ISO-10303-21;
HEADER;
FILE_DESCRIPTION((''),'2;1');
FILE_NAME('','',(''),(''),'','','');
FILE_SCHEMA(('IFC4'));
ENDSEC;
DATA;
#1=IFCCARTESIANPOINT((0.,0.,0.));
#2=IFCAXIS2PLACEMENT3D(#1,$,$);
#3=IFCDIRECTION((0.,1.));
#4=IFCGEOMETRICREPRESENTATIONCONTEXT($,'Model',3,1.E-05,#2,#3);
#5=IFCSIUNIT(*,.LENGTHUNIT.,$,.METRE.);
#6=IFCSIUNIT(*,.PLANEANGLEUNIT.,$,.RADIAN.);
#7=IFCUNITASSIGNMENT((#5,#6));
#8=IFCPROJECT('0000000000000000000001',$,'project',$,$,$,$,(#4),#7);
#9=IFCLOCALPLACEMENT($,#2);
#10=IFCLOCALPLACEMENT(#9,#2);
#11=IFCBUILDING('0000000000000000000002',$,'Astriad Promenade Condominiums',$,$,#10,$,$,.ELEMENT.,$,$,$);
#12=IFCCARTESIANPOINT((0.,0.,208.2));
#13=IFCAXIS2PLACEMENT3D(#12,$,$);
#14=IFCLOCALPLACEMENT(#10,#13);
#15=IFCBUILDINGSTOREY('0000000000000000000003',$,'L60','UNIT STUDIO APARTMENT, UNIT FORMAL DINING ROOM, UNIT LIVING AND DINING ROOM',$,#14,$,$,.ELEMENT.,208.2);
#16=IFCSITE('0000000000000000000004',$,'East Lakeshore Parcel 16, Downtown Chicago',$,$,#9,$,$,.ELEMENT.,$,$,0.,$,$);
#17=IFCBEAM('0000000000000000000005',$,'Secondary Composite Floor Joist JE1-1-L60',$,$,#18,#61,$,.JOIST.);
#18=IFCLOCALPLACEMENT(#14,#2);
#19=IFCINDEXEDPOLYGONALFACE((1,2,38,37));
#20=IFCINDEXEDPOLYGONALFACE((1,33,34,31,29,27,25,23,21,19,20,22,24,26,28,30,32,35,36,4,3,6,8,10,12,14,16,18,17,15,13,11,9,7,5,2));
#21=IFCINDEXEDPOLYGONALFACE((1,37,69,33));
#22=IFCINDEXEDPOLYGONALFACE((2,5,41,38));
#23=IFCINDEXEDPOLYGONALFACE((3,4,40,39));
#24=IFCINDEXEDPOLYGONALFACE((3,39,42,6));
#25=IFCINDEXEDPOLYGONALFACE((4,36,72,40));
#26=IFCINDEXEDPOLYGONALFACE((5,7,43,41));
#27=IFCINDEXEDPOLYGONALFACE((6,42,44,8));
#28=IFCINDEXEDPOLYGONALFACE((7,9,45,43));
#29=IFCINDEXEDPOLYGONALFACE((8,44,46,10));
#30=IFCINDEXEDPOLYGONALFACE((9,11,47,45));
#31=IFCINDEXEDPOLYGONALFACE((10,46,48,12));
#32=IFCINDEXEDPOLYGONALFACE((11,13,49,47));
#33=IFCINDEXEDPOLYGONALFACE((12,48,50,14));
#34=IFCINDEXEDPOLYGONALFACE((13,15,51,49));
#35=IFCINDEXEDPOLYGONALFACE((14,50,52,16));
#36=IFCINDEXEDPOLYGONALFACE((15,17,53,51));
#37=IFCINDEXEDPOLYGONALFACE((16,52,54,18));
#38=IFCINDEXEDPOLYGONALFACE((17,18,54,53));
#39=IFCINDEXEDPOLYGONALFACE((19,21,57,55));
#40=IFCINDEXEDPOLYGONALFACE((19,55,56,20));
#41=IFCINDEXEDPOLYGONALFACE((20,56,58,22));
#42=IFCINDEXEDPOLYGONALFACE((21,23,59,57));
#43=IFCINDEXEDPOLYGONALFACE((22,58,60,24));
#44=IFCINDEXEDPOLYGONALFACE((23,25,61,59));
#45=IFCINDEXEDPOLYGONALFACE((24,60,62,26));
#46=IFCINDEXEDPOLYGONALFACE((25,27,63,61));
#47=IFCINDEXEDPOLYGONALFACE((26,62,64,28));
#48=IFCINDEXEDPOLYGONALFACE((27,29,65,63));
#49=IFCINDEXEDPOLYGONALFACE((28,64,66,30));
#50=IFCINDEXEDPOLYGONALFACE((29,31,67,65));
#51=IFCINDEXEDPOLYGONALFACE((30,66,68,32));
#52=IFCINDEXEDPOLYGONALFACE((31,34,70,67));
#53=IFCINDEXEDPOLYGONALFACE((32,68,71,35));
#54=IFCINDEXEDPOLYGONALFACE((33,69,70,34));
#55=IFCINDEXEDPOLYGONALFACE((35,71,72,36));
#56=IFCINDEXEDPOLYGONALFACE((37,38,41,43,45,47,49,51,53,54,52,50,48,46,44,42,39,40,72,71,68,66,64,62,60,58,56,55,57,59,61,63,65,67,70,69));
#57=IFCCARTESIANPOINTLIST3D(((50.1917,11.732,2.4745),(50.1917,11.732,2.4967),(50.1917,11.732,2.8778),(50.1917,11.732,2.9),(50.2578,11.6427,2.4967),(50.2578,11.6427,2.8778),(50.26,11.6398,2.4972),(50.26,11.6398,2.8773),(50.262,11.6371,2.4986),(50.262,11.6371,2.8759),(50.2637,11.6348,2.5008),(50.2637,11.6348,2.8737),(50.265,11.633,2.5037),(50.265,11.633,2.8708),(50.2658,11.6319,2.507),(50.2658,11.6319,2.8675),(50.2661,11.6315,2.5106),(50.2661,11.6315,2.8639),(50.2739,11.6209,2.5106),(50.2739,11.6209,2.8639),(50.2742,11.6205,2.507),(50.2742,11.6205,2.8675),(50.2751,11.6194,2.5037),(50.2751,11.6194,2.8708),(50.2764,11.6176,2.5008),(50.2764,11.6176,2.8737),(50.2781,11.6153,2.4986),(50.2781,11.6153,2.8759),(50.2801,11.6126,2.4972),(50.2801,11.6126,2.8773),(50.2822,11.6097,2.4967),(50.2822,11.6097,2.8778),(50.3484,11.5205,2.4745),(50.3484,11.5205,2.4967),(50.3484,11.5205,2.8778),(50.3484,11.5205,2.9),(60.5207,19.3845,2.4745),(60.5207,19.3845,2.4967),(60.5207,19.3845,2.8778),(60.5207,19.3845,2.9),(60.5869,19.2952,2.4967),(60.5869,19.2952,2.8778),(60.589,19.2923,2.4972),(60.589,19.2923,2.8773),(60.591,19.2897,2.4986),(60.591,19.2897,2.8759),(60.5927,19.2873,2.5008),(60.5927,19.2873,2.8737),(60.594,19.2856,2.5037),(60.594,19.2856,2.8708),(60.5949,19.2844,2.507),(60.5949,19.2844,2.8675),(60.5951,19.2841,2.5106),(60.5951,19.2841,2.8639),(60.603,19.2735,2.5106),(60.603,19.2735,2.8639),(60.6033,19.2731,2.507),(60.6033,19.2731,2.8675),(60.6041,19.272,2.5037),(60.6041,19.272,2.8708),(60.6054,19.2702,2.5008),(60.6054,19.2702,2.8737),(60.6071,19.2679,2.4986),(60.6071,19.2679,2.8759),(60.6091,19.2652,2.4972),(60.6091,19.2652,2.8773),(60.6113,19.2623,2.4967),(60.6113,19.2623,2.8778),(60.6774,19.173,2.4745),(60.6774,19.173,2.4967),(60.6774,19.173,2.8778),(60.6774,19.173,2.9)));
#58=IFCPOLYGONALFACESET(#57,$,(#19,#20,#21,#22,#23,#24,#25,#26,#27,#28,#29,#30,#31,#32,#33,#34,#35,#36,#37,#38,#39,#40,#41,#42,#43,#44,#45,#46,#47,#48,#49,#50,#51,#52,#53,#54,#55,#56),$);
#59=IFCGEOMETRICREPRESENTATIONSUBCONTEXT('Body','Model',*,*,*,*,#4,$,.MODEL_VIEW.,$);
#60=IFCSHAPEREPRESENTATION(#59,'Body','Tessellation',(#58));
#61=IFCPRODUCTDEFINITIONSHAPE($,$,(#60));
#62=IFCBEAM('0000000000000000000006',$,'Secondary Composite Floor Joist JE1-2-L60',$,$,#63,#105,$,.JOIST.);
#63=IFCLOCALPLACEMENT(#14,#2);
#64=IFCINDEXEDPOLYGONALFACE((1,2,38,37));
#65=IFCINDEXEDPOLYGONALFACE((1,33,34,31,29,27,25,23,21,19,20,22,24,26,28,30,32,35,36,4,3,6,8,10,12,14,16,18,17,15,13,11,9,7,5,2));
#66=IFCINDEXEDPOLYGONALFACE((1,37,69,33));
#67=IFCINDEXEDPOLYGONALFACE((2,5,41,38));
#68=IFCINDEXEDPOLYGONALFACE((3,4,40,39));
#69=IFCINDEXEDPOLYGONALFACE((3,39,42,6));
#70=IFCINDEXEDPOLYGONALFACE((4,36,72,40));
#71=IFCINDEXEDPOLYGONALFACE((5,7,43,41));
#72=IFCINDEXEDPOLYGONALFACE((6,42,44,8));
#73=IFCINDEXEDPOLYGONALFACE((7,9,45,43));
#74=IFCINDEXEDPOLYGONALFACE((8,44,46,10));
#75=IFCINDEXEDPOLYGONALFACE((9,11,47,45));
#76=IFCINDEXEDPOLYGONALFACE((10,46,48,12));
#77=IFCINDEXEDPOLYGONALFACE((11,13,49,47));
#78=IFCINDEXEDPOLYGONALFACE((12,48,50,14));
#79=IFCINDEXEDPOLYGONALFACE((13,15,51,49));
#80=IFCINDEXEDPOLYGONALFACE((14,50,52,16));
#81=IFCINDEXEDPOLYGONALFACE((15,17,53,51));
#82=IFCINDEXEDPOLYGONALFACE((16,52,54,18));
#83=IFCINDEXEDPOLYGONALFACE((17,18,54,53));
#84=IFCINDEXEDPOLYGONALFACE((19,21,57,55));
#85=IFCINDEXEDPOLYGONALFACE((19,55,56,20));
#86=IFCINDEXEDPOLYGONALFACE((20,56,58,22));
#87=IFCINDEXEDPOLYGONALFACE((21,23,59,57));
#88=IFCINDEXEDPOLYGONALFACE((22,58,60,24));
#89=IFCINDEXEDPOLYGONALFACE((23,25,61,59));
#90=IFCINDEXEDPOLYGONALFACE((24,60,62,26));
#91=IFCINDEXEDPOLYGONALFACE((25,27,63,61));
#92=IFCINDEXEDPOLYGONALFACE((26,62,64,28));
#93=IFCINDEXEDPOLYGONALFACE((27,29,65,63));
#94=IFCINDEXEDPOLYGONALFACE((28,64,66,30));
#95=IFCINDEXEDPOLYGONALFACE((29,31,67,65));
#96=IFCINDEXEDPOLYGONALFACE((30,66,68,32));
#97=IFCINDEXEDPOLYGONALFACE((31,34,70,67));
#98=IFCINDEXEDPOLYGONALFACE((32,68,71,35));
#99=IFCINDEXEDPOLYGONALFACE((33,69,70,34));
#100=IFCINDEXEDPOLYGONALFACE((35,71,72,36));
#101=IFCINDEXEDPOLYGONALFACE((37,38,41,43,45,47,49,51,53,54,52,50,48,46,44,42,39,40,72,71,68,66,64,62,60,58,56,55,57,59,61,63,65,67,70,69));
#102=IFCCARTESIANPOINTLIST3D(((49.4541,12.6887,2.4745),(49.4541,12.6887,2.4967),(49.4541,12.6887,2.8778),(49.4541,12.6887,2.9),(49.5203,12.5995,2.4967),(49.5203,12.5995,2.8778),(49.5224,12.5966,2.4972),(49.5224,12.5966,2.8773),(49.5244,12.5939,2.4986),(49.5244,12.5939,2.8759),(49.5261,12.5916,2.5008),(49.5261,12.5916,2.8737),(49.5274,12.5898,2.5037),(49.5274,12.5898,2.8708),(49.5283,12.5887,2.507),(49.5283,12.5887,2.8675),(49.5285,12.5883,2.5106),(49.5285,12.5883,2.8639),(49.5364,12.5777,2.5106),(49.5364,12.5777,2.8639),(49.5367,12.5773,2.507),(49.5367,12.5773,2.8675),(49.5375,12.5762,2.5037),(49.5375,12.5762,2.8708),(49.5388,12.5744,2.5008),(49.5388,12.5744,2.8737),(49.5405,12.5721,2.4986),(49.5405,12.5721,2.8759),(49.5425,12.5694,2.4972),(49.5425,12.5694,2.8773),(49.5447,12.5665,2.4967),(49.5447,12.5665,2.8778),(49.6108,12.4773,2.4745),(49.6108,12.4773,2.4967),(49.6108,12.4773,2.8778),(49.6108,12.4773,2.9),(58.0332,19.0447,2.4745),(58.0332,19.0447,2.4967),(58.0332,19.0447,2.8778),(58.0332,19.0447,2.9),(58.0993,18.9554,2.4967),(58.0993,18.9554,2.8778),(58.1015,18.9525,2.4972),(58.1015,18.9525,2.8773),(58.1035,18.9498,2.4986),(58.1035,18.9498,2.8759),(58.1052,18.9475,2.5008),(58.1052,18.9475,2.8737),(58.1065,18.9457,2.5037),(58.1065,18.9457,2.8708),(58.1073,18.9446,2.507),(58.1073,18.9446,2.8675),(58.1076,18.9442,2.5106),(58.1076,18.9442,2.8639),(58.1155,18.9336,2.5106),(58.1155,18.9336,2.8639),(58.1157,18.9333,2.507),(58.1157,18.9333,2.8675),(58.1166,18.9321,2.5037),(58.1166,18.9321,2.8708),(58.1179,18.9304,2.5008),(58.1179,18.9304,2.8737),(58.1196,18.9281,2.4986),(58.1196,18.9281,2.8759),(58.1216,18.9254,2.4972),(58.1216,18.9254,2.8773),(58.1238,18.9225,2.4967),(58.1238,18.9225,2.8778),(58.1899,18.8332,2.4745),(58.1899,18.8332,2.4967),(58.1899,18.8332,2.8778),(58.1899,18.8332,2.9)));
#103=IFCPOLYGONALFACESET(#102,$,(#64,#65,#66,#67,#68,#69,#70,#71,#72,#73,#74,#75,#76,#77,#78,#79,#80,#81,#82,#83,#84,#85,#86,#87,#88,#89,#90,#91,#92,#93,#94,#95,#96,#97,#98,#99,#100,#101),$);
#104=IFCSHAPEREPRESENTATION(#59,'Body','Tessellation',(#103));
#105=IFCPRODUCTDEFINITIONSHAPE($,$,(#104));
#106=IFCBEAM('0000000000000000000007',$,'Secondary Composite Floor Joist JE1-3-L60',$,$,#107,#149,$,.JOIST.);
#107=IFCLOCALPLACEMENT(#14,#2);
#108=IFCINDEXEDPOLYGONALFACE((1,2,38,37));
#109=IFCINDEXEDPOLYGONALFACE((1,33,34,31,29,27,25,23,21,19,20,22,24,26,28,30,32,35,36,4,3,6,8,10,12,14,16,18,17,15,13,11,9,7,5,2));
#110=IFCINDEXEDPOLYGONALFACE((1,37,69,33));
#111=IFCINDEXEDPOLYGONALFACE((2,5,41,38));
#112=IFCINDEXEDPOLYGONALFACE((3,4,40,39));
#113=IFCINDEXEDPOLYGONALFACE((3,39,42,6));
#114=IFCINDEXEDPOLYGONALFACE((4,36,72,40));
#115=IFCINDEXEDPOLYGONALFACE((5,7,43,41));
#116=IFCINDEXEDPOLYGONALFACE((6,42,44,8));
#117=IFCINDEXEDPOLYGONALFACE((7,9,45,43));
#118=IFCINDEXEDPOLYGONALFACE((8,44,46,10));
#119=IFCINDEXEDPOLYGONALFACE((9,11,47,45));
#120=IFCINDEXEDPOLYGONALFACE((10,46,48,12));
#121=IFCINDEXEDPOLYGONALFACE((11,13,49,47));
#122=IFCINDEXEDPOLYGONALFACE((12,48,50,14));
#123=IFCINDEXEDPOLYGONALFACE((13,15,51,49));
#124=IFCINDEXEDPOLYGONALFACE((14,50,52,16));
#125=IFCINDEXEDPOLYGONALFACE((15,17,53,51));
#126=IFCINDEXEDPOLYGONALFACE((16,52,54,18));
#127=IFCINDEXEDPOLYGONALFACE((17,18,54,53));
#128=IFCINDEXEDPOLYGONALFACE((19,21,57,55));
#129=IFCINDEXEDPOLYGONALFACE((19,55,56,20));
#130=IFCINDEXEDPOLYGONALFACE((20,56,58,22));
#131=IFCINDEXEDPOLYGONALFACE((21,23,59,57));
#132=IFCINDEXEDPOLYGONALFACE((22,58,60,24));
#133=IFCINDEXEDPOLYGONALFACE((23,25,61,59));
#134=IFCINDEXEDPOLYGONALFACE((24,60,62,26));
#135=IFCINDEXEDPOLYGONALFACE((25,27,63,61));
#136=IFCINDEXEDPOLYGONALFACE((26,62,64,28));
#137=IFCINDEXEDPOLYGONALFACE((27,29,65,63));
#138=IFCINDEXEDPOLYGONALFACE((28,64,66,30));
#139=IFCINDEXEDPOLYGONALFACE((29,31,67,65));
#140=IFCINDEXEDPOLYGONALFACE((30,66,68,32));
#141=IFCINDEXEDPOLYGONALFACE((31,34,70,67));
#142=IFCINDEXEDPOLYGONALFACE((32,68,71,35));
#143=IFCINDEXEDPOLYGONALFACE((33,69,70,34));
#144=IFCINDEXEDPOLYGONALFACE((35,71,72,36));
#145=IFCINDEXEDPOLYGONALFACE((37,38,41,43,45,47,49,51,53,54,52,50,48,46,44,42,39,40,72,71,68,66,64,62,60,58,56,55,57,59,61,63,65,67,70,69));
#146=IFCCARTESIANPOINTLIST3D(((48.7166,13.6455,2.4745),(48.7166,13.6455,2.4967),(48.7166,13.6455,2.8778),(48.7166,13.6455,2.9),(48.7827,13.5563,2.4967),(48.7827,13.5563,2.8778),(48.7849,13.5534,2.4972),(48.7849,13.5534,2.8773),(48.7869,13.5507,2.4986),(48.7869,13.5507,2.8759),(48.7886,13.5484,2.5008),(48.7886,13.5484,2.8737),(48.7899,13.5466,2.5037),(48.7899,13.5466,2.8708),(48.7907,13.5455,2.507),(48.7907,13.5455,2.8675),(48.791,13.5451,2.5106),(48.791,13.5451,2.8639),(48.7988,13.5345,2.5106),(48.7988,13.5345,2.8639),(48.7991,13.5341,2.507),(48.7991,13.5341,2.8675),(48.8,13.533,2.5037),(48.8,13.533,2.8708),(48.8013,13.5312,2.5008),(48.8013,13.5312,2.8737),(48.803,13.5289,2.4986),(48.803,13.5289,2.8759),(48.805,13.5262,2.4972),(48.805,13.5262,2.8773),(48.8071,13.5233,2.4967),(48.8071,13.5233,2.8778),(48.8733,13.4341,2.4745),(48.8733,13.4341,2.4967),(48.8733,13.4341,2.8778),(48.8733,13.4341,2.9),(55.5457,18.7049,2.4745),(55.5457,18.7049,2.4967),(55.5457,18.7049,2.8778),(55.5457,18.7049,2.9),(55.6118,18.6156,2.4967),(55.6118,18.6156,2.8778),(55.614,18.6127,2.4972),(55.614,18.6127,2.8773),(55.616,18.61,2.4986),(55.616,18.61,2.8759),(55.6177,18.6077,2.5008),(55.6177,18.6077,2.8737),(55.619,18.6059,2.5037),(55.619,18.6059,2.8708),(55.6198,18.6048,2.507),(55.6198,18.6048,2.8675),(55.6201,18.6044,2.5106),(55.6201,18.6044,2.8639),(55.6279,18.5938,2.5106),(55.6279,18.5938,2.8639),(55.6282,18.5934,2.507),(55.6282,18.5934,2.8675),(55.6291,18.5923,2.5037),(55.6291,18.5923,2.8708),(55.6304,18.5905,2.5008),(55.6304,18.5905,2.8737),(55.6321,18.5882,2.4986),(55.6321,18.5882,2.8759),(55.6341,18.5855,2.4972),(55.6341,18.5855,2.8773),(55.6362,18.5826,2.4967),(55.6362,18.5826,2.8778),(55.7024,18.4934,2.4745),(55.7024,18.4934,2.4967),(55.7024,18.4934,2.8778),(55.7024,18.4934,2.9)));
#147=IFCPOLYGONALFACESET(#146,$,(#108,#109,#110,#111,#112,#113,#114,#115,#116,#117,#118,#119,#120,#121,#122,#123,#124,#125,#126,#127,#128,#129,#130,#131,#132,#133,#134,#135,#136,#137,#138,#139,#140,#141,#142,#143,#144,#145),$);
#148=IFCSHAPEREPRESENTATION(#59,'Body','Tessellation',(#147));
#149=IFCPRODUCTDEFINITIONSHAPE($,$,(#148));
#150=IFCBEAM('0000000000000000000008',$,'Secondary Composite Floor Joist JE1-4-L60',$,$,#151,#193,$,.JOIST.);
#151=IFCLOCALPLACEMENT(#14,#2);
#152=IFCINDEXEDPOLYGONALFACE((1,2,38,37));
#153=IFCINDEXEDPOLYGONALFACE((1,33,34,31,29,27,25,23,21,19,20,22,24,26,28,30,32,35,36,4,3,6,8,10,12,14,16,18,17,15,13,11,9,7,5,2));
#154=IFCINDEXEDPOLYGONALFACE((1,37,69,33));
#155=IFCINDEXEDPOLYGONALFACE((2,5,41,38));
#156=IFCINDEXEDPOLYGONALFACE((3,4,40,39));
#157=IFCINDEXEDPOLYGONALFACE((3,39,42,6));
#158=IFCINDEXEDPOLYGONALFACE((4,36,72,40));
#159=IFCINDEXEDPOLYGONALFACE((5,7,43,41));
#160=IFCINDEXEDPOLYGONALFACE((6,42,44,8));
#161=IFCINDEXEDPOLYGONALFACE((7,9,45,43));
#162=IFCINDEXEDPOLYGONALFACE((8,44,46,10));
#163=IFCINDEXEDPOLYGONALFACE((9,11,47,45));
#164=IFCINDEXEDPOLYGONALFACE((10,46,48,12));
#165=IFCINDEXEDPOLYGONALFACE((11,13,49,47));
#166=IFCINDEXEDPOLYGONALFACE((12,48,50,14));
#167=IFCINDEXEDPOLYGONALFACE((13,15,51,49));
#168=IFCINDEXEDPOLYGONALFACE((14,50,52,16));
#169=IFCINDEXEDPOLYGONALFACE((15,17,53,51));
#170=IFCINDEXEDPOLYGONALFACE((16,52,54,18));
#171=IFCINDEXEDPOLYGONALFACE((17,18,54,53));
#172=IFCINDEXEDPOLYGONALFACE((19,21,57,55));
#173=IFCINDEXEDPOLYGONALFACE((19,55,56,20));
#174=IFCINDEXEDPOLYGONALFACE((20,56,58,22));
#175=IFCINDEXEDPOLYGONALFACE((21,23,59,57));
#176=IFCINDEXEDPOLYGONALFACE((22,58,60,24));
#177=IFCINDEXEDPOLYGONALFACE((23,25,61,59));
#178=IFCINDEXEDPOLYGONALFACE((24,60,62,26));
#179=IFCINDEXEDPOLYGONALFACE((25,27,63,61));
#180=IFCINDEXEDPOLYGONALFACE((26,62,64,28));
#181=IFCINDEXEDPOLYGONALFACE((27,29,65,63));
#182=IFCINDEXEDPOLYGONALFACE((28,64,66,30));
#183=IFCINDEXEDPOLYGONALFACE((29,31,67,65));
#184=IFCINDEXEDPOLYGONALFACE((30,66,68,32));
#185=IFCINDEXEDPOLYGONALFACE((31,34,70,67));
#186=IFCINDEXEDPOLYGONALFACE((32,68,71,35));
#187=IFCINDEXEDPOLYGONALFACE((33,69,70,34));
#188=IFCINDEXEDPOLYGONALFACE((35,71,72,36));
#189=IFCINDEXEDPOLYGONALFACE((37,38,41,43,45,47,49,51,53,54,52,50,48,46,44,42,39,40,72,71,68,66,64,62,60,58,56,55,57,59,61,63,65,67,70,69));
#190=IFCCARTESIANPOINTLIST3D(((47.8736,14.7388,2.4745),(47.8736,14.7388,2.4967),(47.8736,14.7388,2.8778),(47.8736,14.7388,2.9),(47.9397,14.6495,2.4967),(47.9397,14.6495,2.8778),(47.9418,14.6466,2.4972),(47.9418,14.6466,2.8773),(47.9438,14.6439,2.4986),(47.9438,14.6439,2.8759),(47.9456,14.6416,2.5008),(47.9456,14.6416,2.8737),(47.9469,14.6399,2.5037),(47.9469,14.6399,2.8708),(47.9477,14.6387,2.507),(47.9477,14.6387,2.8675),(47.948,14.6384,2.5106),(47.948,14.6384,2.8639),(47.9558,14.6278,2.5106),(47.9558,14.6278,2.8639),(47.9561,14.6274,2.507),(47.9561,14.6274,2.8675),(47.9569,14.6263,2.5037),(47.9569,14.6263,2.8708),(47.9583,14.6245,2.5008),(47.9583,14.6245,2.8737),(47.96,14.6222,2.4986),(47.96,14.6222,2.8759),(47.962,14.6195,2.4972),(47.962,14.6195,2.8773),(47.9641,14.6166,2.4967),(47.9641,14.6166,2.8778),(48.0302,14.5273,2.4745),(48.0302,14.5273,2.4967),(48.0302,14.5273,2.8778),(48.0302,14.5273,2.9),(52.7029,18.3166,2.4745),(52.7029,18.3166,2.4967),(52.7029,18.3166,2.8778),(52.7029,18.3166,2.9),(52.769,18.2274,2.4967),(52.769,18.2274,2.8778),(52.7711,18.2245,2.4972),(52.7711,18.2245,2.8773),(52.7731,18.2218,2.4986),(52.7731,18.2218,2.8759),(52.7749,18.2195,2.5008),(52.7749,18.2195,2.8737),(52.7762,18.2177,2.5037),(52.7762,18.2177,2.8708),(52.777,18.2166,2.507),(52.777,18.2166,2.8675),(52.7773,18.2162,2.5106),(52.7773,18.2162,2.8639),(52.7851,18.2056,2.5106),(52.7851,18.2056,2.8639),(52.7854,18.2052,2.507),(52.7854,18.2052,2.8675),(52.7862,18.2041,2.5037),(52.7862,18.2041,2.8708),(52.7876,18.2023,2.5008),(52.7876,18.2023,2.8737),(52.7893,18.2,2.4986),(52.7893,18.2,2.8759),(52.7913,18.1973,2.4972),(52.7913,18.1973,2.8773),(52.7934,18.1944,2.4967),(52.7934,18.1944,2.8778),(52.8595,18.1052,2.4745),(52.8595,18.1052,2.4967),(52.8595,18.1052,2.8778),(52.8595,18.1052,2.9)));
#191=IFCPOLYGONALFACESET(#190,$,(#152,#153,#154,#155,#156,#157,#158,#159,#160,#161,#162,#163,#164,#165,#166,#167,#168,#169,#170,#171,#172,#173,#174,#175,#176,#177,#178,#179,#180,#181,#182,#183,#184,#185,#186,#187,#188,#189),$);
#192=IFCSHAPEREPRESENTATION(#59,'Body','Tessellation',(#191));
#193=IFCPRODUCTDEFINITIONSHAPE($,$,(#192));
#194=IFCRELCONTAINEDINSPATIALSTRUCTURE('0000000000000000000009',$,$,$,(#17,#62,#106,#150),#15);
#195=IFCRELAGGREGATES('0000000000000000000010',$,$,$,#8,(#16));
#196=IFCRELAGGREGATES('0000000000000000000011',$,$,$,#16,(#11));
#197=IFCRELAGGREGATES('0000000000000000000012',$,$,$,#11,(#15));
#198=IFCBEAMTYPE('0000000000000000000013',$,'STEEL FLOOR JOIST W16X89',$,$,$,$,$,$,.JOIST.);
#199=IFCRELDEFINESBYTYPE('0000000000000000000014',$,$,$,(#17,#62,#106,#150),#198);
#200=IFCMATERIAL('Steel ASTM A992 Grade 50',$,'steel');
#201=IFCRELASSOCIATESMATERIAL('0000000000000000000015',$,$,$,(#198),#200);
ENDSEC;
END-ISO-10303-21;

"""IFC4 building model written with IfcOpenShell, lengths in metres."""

from ifc_helpers import new_model, si_unit, direction, frame, origin, origin_2d, place, context, subcontext, project, spatial, i_section, extrude, source, transform, mapped, material, material_profile, profile_set, type_object, type_shapes, element, save


model = new_model("IFC4")

# Units and contexts
model_context = context("Model", 3, precision=1e-05, world=origin(), true_north=direction((0.0, 1.0)))
body_context = subcontext(model_context, "Body", "Model", "MODEL_VIEW")
ifc_project = project(units=[si_unit("LENGTHUNIT", "METRE"), si_unit("PLANEANGLEUNIT", "RADIAN")], contexts=[model_context])

# Site, building, storey
site_placement = place(None, origin())
site = spatial("IfcSite", under=ifc_project, at=site_placement, Name="East Lakeshore Parcel 16, Downtown Chicago", CompositionType="ELEMENT", RefElevation=0.0)
building_placement = place(site_placement, origin())
building = spatial("IfcBuilding", under=site, at=building_placement, Name="Astriad Promenade Condominiums", CompositionType="ELEMENT")
storey_placement = place(building_placement, frame((0.0, 0.0, 208.2)))
storey = spatial("IfcBuildingStorey", under=building, at=storey_placement, Name="L60", Description="UNIT STUDIO APARTMENT, UNIT FORMAL DINING ROOM, UNIT LIVING AND DINING ROOM", CompositionType="ELEMENT", Elevation=208.2)

# Beams
ifc_material_1 = material(Name="Steel ASTM A992 Grade 50", Category="steel")
ifc_material_profile_1 = material_profile(ifc_material_1, i_section(OverallWidth=0.2632, OverallDepth=0.4255, WebThickness=0.0132, FlangeThickness=0.0222, FilletRadius=0.0139, at=origin_2d()), Name="W16X89")
ifc_profile_set_1 = profile_set([ifc_material_profile_1], Name="Steel ASTM A992 Grade 50")
beam_type_1 = type_object("IfcBeamType", Name="STEEL FLOOR JOIST W16X89", PredefinedType="JOIST", material=ifc_profile_set_1)
shared_shape_1 = source(origin(), body_context, "Body", "SweptSolid", [
    extrude(i_section(OverallWidth=0.2632, OverallDepth=0.4255, WebThickness=0.0132, FlangeThickness=0.0222, FilletRadius=0.0139, at=origin_2d()), origin(), (0.0, 0.0, 1.0), 12.855),
])
beam_1_placement = place(storey_placement, frame((50.27, 11.6262, 2.6873), z_axis=(0.803505, 0.595298, 0.0), x_axis=(-0.595298, 0.803505, 0.0)))
element("IfcBeam", 1, at=beam_1_placement, inside=storey, type_object=beam_type_1, Name="Secondary Composite Floor Joist JE1-1-L60", PredefinedType="JOIST", context=body_context, shape_type="MappedRepresentation", body=[
    mapped(shared_shape_1, transform((0.0, 0.0, 0.0), scale=1.0)),
])
shared_shape_2 = source(origin(), body_context, "Body", "SweptSolid", [
    extrude(i_section(OverallWidth=0.2632, OverallDepth=0.4255, WebThickness=0.0132, FlangeThickness=0.0222, FilletRadius=0.0139, at=origin_2d()), origin(), (0.0, 0.0, 1.0), 10.677),
])
beam_2_placement = place(storey_placement, frame((49.5325, 12.583, 2.6873), z_axis=(0.803509, 0.595292, 0.0), x_axis=(-0.595292, 0.803509, 0.0)))
element("IfcBeam", 2, at=beam_2_placement, inside=storey, type_object=beam_type_1, Name="Secondary Composite Floor Joist JE1-2-L60", PredefinedType="JOIST", context=body_context, shape_type="MappedRepresentation", body=[
    mapped(shared_shape_2, transform((0.0, 0.0, 0.0), scale=1.0)),
])
shared_shape_3 = source(origin(), body_context, "Body", "SweptSolid", [
    extrude(i_section(OverallWidth=0.2632, OverallDepth=0.4255, WebThickness=0.0132, FlangeThickness=0.0222, FilletRadius=0.0139, at=origin_2d()), origin(), (0.0, 0.0, 1.0), 8.499),
])
beam_3_placement = place(storey_placement, frame((48.7949, 13.5398, 2.6873), z_axis=(0.803516, 0.595283, 0.0), x_axis=(-0.595283, 0.803516, 0.0)))
element("IfcBeam", 3, at=beam_3_placement, inside=storey, type_object=beam_type_1, Name="Secondary Composite Floor Joist JE1-3-L60", PredefinedType="JOIST", context=body_context, shape_type="MappedRepresentation", body=[
    mapped(shared_shape_3, transform((0.0, 0.0, 0.0), scale=1.0)),
])
shared_shape_4 = source(origin(), body_context, "Body", "SweptSolid", [
    extrude(i_section(OverallWidth=0.2632, OverallDepth=0.4255, WebThickness=0.0132, FlangeThickness=0.0222, FilletRadius=0.0139, at=origin_2d()), origin(), (0.0, 0.0, 1.0), 6.0103),
])
type_shapes(beam_type_1, [shared_shape_1, shared_shape_2, shared_shape_3, shared_shape_4])
beam_4_placement = place(storey_placement, frame((47.9519, 14.6331, 2.6873), z_axis=(0.80351, 0.595291, 0.0), x_axis=(-0.595291, 0.80351, 0.0)))
element("IfcBeam", 4, at=beam_4_placement, inside=storey, type_object=beam_type_1, Name="Secondary Composite Floor Joist JE1-4-L60", PredefinedType="JOIST", context=body_context, shape_type="MappedRepresentation", body=[
    mapped(shared_shape_4, transform((0.0, 0.0, 0.0), scale=1.0)),
])

save(model, "model.ifc")
